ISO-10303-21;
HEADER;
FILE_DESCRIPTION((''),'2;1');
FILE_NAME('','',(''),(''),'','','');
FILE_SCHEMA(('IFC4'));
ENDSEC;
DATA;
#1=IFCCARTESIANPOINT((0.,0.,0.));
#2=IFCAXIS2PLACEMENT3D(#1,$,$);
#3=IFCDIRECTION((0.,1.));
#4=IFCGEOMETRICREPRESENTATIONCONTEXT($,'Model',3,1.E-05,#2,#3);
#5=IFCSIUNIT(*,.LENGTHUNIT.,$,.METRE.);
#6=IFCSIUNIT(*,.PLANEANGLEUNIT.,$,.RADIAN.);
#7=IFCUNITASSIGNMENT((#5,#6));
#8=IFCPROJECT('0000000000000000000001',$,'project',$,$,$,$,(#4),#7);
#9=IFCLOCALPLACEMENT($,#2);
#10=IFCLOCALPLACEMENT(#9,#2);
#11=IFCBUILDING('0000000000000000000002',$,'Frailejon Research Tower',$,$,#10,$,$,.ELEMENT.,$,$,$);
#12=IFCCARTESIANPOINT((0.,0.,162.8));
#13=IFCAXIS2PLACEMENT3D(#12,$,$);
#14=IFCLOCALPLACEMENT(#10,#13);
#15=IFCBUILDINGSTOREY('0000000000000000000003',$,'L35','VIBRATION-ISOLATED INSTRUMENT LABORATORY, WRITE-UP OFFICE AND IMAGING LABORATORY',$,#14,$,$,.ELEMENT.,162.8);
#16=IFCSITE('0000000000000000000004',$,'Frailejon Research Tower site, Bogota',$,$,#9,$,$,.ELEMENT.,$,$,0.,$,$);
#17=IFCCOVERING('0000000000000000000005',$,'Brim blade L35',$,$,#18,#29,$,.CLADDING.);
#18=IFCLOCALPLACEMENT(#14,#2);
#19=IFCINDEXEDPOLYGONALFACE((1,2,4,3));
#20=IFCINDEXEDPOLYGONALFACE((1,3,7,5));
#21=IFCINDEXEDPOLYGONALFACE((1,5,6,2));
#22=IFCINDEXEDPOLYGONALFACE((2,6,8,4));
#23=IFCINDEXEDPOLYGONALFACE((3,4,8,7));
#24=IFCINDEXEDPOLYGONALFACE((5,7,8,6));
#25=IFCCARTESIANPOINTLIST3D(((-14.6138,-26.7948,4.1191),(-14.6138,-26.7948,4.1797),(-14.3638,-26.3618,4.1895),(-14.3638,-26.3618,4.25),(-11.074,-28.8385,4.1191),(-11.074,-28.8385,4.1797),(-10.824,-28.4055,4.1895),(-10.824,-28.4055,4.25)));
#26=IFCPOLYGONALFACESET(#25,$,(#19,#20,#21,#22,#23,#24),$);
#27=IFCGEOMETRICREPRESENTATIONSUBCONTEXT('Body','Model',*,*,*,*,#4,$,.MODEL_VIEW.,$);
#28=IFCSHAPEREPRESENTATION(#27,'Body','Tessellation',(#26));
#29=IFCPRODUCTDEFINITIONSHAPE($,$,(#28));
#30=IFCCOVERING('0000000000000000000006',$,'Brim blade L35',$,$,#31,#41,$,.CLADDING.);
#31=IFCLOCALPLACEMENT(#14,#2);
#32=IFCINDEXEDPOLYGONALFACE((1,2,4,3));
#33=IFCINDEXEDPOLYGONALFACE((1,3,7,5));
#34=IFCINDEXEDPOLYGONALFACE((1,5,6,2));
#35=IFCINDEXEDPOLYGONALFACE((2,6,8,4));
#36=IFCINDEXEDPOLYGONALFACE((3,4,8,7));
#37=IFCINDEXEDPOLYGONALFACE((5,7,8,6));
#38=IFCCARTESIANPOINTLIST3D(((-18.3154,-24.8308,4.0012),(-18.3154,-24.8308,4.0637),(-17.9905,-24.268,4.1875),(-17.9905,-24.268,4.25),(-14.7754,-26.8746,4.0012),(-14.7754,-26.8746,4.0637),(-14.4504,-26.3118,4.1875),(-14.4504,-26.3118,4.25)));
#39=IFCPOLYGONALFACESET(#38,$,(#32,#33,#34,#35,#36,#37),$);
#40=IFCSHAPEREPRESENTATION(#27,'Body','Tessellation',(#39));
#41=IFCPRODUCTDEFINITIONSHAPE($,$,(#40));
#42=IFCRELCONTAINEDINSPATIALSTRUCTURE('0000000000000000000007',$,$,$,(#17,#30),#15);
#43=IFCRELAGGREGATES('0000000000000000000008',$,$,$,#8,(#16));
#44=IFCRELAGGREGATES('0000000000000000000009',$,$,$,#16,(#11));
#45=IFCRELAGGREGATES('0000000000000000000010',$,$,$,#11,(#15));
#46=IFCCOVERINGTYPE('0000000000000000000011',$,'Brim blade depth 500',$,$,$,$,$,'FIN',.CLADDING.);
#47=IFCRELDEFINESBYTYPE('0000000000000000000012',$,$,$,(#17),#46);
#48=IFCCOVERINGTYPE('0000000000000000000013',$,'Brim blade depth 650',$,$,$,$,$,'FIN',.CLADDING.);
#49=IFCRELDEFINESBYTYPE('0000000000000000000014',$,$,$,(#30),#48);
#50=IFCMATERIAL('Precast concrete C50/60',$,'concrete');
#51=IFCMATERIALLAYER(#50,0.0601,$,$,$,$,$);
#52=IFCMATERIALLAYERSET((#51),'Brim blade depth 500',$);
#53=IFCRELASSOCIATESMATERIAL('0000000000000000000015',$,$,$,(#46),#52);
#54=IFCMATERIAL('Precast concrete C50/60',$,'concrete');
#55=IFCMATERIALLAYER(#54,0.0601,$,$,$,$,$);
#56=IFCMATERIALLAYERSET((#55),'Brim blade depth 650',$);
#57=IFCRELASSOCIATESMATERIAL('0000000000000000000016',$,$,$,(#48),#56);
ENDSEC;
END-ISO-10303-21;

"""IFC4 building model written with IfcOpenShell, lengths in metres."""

from ifc_helpers import new_model, si_unit, direction, frame, origin, place, context, subcontext, project, spatial, polyline, outline, extrude, material, layer, layer_set, type_object, element, save


model = new_model("IFC4")

# Units and contexts
model_context = context("Model", 3, precision=1e-05, world=origin(), true_north=direction((0.0, 1.0)))
body_context = subcontext(model_context, "Body", "Model", "MODEL_VIEW")
ifc_project = project(units=[si_unit("LENGTHUNIT", "METRE"), si_unit("PLANEANGLEUNIT", "RADIAN")], contexts=[model_context])

# Site, building, storey
site_placement = place(None, origin())
site = spatial("IfcSite", under=ifc_project, at=site_placement, Name="Frailejon Research Tower site, Bogota", CompositionType="ELEMENT", RefElevation=0.0)
building_placement = place(site_placement, origin())
building = spatial("IfcBuilding", under=site, at=building_placement, Name="Frailejon Research Tower", CompositionType="ELEMENT")
storey_placement = place(building_placement, frame((0.0, 0.0, 162.8)))
storey = spatial("IfcBuildingStorey", under=building, at=storey_placement, Name="L35", Description="VIBRATION-ISOLATED INSTRUMENT LABORATORY, WRITE-UP OFFICE AND IMAGING LABORATORY", CompositionType="ELEMENT", Elevation=162.8)

# Coverings
ifc_material_1 = material(Name="Precast concrete C50/60", Category="concrete")
ifc_layer_1 = layer(ifc_material_1, 0.0601)
ifc_layer_set_1 = layer_set([ifc_layer_1], Name="Brim blade depth 500")
covering_type_1 = type_object("IfcCoveringType", Name="Brim blade depth 500", ElementType="FIN", PredefinedType="CLADDING", material=ifc_layer_set_1)
covering_1_placement = place(storey_placement, frame((-10.824, -28.4055, 4.25), z_axis=(-0.866021, 0.500007, 0.0), x_axis=(-0.500007, -0.866021, 0.0)))
element("IfcCovering", 1, at=covering_1_placement, inside=storey, type_object=covering_type_1, Name="Brim blade L35", PredefinedType="CLADDING", context=body_context, shape_type="SweptSolid", body=[
    extrude(outline(polyline([(0.0, -0.0605), (0.5, -0.1309), (0.5, -0.0703), (0.0, 0.0), (0.0, -0.0605)])), origin(), (0.0, 0.0, 1.0), 4.0874),
])
ifc_material_2 = material(Name="Precast concrete C50/60", Category="concrete")
ifc_layer_2 = layer(ifc_material_2, 0.0601)
ifc_layer_set_2 = layer_set([ifc_layer_2], Name="Brim blade depth 650")
covering_type_2 = type_object("IfcCoveringType", Name="Brim blade depth 650", ElementType="FIN", PredefinedType="CLADDING", material=ifc_layer_set_2)
covering_2_placement = place(storey_placement, frame((-14.4504, -26.3118, 4.25), z_axis=(-0.866027, 0.499997, 0.0), x_axis=(-0.499997, -0.866027, 0.0)))
element("IfcCovering", 2, at=covering_2_placement, inside=storey, type_object=covering_type_2, Name="Brim blade L35", PredefinedType="CLADDING", context=body_context, shape_type="SweptSolid", body=[
    extrude(outline(polyline([(0.0, -0.0625), (0.6499, -0.2488), (0.6499, -0.1863), (0.0, 0.0), (0.0, -0.0625)])), origin(), (0.0, 0.0, 1.0), 4.0876),
])

save(model, "model.ifc")
